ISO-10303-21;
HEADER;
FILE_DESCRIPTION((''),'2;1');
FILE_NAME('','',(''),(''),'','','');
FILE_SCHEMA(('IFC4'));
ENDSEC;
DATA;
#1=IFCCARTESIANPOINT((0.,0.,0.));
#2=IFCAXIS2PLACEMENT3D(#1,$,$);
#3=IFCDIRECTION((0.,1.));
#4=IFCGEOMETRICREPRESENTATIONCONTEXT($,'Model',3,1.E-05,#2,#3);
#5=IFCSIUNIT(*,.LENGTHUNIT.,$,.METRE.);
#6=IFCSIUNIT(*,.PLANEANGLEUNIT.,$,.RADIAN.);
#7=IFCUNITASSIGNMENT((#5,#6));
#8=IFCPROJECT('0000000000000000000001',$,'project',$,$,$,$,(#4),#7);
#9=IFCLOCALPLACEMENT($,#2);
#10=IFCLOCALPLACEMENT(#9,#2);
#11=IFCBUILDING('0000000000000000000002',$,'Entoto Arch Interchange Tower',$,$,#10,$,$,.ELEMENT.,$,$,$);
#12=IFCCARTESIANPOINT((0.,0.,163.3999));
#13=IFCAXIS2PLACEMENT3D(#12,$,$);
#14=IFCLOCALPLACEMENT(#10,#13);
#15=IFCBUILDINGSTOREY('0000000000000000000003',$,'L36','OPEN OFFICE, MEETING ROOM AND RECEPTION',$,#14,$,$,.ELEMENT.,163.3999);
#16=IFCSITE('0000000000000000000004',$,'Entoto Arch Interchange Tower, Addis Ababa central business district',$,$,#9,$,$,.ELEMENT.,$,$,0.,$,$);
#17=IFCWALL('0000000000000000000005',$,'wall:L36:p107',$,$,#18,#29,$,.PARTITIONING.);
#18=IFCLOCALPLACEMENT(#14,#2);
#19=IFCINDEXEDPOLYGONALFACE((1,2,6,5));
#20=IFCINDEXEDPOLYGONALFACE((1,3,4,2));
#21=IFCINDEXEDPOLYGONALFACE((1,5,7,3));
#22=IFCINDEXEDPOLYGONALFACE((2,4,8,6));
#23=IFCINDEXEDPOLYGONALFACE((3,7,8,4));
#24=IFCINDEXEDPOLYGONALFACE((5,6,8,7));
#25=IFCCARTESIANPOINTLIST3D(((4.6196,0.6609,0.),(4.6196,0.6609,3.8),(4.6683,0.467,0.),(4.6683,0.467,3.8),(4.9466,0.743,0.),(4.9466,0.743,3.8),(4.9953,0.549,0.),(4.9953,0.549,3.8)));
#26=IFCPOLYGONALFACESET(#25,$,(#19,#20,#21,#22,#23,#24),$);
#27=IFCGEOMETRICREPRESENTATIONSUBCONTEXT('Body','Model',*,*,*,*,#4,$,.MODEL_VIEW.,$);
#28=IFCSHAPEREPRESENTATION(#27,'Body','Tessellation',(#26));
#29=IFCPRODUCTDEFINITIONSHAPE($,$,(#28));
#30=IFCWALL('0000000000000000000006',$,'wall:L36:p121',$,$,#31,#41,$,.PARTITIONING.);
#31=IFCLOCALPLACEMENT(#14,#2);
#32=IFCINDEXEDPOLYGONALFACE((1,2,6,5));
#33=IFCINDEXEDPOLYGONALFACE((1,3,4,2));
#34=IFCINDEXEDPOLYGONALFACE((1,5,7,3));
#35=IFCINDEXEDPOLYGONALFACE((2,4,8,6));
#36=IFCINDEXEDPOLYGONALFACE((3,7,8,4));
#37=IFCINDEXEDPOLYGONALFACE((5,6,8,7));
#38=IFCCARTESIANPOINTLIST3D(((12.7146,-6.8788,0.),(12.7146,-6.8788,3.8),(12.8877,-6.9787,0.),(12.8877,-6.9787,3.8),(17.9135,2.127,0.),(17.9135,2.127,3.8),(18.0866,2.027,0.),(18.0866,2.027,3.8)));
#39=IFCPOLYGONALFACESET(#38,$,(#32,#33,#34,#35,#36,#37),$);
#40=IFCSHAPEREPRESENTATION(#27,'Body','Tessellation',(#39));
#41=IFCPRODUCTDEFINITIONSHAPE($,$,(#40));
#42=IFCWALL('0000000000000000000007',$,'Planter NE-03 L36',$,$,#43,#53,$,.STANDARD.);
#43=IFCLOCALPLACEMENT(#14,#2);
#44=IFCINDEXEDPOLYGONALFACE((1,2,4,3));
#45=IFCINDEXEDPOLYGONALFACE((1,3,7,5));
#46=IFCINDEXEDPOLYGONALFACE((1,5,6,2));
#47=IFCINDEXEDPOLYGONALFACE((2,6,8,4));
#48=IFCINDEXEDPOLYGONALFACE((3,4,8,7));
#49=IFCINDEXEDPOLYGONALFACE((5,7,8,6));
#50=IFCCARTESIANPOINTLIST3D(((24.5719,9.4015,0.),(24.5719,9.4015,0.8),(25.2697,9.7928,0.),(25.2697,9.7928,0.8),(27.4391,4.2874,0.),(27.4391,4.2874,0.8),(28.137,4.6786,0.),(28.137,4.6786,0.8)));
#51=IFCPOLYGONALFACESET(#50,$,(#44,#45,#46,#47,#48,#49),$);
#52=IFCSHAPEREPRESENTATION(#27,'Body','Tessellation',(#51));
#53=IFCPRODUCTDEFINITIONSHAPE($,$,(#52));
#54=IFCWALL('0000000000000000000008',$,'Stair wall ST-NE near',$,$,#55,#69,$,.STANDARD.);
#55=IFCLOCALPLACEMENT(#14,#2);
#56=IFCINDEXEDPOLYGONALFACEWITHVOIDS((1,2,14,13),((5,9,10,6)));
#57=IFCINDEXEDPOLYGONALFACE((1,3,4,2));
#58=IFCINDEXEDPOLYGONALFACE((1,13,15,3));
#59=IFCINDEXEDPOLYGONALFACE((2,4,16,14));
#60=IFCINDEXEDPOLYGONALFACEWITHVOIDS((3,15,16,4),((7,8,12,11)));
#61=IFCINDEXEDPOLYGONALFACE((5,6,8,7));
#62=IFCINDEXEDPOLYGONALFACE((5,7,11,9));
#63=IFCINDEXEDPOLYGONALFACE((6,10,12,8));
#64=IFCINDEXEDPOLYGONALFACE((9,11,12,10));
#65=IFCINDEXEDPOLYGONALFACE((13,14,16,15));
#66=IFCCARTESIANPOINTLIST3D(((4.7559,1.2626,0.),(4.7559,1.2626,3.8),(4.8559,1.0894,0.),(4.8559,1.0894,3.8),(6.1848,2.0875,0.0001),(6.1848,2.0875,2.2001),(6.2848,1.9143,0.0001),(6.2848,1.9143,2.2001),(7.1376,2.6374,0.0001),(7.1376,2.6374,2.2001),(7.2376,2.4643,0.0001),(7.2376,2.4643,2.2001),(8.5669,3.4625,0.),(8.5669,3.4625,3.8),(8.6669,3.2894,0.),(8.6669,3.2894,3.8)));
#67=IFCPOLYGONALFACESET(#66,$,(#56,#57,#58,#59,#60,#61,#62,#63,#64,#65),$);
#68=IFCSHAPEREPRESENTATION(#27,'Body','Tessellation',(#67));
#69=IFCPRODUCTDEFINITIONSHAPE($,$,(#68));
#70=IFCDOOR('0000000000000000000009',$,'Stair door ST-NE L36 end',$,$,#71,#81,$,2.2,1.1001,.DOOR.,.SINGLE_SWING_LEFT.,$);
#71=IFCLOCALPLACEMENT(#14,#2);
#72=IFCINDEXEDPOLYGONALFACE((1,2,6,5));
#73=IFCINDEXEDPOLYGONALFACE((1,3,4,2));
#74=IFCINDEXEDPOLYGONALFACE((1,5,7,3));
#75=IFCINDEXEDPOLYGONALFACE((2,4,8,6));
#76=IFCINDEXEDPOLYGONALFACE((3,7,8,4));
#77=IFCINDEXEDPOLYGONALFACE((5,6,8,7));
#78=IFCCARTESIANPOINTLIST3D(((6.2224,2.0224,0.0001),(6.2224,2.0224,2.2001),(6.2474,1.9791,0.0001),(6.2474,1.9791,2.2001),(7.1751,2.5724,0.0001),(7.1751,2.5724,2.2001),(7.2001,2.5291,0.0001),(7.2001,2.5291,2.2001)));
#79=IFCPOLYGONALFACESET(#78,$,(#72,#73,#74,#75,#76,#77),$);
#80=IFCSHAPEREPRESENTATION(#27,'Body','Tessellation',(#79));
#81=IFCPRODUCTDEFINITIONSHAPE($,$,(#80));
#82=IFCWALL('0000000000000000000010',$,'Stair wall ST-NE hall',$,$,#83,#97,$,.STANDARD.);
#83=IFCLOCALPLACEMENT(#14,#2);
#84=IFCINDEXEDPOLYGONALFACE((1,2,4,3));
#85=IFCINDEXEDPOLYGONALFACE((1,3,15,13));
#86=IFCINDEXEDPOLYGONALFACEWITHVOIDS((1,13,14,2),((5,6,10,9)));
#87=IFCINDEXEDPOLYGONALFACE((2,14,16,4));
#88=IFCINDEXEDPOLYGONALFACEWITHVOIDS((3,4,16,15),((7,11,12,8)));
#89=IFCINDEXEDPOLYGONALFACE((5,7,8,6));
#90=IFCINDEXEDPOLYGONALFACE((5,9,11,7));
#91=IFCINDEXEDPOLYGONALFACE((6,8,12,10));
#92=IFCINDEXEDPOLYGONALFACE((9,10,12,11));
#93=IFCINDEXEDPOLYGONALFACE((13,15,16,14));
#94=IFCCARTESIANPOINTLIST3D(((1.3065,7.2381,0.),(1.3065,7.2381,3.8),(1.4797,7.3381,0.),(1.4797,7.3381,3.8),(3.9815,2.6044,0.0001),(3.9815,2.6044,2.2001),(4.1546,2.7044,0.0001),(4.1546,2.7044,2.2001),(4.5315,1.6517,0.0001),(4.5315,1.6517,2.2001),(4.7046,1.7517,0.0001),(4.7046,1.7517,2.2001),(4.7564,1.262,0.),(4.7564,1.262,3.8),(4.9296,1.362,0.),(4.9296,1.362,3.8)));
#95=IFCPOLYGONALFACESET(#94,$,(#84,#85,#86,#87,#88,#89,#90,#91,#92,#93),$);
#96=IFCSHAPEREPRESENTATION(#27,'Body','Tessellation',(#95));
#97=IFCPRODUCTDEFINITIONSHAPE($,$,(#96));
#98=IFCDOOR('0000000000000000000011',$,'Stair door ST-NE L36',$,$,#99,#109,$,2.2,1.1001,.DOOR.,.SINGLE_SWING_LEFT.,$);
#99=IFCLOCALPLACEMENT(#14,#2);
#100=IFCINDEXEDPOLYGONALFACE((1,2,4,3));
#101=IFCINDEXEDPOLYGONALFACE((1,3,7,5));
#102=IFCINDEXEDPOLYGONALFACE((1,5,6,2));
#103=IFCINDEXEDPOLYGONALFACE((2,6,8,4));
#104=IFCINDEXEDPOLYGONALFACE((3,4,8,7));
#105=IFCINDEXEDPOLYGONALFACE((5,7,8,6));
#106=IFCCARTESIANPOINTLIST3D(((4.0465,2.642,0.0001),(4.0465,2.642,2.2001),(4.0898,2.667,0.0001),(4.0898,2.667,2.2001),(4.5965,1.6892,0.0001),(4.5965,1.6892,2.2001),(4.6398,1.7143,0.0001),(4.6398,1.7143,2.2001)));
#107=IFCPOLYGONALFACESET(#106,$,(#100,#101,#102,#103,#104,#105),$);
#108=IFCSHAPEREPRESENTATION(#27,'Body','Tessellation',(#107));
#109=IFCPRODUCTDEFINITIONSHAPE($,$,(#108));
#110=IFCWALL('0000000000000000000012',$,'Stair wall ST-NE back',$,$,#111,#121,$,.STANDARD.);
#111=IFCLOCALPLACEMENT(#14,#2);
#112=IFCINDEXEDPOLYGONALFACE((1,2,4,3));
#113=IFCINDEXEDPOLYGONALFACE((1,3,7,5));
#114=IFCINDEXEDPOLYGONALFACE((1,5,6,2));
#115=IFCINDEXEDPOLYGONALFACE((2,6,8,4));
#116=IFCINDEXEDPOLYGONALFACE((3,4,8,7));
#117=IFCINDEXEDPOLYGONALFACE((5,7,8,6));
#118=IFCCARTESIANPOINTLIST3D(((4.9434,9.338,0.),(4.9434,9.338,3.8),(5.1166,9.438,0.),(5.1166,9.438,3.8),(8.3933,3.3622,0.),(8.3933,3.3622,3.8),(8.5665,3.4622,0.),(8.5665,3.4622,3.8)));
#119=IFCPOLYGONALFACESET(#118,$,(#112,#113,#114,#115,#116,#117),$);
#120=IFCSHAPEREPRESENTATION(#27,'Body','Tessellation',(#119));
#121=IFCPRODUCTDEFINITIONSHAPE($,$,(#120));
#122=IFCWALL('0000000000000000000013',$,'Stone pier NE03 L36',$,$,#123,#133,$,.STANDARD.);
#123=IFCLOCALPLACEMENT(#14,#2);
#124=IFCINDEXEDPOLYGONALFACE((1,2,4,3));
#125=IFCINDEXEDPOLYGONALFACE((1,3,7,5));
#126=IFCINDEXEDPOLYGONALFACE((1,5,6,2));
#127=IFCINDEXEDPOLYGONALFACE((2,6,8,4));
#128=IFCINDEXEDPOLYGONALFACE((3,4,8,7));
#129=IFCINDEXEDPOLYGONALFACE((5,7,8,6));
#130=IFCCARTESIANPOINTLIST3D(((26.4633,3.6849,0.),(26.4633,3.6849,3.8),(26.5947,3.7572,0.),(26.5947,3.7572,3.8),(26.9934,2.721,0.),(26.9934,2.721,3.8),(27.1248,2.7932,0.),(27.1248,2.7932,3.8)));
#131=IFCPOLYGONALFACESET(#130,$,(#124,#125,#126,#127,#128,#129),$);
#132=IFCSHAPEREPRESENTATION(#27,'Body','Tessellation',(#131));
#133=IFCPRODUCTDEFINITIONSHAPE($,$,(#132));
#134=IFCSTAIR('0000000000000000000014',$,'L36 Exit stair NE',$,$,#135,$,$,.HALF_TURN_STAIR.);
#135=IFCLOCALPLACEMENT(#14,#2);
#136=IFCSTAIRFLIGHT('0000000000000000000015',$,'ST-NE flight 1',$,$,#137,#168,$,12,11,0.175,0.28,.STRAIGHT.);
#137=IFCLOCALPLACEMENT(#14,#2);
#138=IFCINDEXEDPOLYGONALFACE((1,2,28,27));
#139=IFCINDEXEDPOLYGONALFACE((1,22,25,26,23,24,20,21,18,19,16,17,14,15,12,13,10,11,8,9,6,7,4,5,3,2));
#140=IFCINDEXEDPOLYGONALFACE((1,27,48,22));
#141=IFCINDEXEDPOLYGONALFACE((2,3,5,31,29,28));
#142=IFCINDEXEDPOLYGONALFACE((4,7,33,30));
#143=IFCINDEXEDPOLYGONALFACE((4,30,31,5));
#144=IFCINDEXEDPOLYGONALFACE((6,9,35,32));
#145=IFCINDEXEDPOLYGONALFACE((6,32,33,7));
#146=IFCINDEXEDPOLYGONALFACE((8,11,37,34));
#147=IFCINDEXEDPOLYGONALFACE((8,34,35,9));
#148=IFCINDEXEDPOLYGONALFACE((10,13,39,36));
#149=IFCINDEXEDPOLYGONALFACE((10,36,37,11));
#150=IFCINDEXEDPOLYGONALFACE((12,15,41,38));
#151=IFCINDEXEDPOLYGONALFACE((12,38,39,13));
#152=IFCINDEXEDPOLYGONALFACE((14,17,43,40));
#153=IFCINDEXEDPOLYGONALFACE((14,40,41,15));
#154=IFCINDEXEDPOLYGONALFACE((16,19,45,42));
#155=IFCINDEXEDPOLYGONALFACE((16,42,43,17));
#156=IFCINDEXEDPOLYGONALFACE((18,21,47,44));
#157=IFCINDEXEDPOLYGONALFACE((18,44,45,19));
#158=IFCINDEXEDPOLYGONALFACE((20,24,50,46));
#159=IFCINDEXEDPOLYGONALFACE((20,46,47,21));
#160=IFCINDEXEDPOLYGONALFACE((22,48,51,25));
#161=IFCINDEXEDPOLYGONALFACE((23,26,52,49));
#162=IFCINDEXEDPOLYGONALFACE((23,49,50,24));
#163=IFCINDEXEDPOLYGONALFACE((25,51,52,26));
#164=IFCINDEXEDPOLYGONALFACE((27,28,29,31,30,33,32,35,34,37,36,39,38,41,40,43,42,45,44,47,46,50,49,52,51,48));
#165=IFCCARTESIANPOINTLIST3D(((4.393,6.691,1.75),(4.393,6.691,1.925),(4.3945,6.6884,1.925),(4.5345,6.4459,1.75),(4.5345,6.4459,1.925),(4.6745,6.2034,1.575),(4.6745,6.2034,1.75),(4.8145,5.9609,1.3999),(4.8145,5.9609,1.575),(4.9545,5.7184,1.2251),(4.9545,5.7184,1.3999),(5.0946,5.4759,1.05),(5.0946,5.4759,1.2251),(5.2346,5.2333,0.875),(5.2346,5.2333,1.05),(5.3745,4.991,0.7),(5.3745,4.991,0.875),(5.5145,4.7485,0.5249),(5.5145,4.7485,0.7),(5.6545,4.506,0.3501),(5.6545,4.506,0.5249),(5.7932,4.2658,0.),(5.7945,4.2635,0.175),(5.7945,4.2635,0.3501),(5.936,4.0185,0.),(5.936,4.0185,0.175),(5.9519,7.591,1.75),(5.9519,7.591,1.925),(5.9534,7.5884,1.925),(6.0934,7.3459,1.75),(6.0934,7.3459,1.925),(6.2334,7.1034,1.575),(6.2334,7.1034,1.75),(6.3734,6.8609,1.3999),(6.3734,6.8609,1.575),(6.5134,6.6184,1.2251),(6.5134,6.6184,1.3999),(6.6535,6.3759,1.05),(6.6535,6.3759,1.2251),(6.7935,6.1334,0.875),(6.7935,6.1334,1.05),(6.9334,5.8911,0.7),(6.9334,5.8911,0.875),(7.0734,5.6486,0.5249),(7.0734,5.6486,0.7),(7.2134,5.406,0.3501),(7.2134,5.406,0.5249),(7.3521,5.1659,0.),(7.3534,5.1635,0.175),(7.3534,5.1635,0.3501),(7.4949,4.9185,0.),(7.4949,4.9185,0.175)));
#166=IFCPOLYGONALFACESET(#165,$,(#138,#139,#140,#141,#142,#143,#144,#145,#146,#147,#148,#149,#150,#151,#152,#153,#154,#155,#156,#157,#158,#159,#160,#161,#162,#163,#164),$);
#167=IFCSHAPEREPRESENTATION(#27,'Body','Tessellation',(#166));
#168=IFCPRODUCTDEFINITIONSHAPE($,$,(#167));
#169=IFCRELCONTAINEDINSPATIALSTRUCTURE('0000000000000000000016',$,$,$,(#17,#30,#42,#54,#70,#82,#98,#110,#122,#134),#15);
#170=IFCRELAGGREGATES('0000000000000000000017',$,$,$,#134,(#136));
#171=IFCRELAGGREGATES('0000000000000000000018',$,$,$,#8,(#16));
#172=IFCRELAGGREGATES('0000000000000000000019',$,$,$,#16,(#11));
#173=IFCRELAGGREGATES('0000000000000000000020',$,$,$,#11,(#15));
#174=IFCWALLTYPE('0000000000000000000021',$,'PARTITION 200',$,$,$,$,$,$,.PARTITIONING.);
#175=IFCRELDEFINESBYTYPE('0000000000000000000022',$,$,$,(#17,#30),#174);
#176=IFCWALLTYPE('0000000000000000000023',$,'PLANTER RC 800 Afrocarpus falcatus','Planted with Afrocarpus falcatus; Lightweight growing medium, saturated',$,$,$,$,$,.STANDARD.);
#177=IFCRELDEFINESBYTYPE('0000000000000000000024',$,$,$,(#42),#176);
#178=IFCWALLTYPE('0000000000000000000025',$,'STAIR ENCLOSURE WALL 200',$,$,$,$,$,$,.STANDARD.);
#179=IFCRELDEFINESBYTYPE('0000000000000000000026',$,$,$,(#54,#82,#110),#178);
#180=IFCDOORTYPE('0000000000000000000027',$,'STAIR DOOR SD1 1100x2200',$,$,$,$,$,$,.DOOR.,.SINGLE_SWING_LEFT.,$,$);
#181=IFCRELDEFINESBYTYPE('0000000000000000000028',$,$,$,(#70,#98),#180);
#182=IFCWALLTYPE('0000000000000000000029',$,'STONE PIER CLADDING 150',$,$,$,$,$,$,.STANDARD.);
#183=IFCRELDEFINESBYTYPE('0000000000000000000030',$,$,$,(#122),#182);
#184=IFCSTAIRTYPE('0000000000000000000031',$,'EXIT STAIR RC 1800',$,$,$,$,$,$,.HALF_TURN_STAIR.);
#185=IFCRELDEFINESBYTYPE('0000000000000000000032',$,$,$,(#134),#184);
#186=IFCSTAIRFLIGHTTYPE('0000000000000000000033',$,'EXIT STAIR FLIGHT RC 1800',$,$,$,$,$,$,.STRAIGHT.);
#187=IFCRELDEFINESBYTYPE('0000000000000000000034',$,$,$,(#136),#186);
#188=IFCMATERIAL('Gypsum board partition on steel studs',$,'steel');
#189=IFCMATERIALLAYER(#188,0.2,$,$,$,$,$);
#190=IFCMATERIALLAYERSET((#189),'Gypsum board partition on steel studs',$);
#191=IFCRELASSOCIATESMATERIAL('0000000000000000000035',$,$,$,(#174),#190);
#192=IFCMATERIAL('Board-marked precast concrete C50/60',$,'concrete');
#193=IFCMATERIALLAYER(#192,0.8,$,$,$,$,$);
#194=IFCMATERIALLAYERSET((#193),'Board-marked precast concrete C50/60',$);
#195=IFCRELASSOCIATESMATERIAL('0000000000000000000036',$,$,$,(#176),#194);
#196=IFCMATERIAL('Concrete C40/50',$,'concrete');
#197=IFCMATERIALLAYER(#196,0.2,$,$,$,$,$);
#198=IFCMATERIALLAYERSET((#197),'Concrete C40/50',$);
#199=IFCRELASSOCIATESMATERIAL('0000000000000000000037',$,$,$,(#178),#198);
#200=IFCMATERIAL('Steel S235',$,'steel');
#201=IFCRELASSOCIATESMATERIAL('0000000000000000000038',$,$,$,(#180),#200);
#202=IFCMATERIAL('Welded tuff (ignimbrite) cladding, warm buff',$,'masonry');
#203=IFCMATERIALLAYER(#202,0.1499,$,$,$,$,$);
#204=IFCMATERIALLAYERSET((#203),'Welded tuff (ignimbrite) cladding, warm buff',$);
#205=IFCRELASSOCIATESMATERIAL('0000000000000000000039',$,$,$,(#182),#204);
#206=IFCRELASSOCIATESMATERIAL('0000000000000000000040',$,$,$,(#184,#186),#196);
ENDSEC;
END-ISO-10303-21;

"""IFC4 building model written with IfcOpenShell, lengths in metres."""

from ifc_helpers import new_model, si_unit, direction, frame, frame_2d, origin, place, context, subcontext, project, spatial, polyline, rectangle, outline, extrude, material, layer, layer_set, type_object, element, fill, aggregate, save


model = new_model("IFC4")

# Units and contexts
model_context = context("Model", 3, precision=1e-05, world=origin(), true_north=direction((0.0, 1.0)))
body_context = subcontext(model_context, "Body", "Model", "MODEL_VIEW")
ifc_project = project(units=[si_unit("LENGTHUNIT", "METRE"), si_unit("PLANEANGLEUNIT", "RADIAN")], contexts=[model_context])

# Site, building, storey
site_placement = place(None, origin())
site = spatial("IfcSite", under=ifc_project, at=site_placement, Name="Entoto Arch Interchange Tower, Addis Ababa central business district", CompositionType="ELEMENT", RefElevation=0.0)
building_placement = place(site_placement, origin())
building = spatial("IfcBuilding", under=site, at=building_placement, Name="Entoto Arch Interchange Tower", CompositionType="ELEMENT")
storey_placement = place(building_placement, frame((0.0, 0.0, 163.3999)))
storey = spatial("IfcBuildingStorey", under=building, at=storey_placement, Name="L36", Description="OPEN OFFICE, MEETING ROOM AND RECEPTION", CompositionType="ELEMENT", Elevation=163.3999)

# Shared definitions
ifc_material_1 = material(Name="Concrete C40/50", Category="concrete")
ifc_material_2 = material(Name="Gypsum board partition on steel studs", Category="steel")
ifc_layer_1 = layer(ifc_material_2, 0.2)
ifc_layer_set_1 = layer_set([ifc_layer_1], Name="Gypsum board partition on steel studs")
wall_type_1 = type_object("IfcWallType", Name="PARTITION 200", PredefinedType="PARTITIONING", material=ifc_layer_set_1)

# Walls
wall_1_placement = place(storey_placement, frame((4.644, 0.564, 0.0), z_axis=(0.0, 0.0, 1.0), x_axis=(0.969929, 0.243388, 0.0)))
element("IfcWall", 1, at=wall_1_placement, inside=storey, type_object=wall_type_1, Name="wall:L36:p107", PredefinedType="PARTITIONING", context=body_context, shape_type="SweptSolid", body=[
    extrude(rectangle(XDim=0.3372, YDim=0.2, at=frame_2d((0.1685, 0.0))), origin(), (0.0, 0.0, 1.0), 3.8),
])
wall_2_placement = place(storey_placement, frame((18.0, 2.0769, 0.0), z_axis=(0.0, 0.0, 1.0), x_axis=(-0.49996, -0.866049, 0.0)))
element("IfcWall", 2, at=wall_2_placement, inside=storey, type_object=wall_type_1, Name="wall:L36:p121", PredefinedType="PARTITIONING", context=body_context, shape_type="SweptSolid", body=[
    extrude(rectangle(XDim=10.3987, YDim=0.2, at=frame_2d((5.1992, 0.0))), origin(), (0.0, 0.0, 1.0), 3.8),
])
ifc_material_3 = material(Name="Board-marked precast concrete C50/60", Category="concrete")
ifc_layer_2 = layer(ifc_material_3, 0.8)
ifc_layer_set_2 = layer_set([ifc_layer_2], Name="Board-marked precast concrete C50/60")
wall_type_2 = type_object("IfcWallType", Name="PLANTER RC 800 Afrocarpus falcatus", Description="Planted with Afrocarpus falcatus; Lightweight growing medium, saturated", PredefinedType="STANDARD", material=ifc_layer_set_2)
wall_3_placement = place(storey_placement, frame((27.7881, 4.4829, 0.0), z_axis=(0.0, 0.0, 1.0), x_axis=(-0.489037, 0.872263, 0.0)))
element("IfcWall", 3, at=wall_3_placement, inside=storey, type_object=wall_type_2, Name="Planter NE-03 L36", PredefinedType="STANDARD", context=body_context, shape_type="SweptSolid", body=[
    extrude(rectangle(XDim=5.863, YDim=0.8, at=frame_2d((2.9316, 0.0))), origin(), (0.0, 0.0, 1.0), 0.8),
])

# Walls, openings, doors
ifc_layer_3 = layer(ifc_material_1, 0.2)
ifc_layer_set_3 = layer_set([ifc_layer_3], Name="Concrete C40/50")
wall_type_3 = type_object("IfcWallType", Name="STAIR ENCLOSURE WALL 200", PredefinedType="STANDARD", material=ifc_layer_set_3)
wall_4_placement = place(storey_placement, frame((4.8059, 1.176, 0.0), z_axis=(0.0, 0.0, 1.0), x_axis=(0.86606, 0.49994, 0.0)))
wall_4 = element("IfcWall", 4, at=wall_4_placement, inside=storey, type_object=wall_type_3, Name="Stair wall ST-NE near", PredefinedType="STANDARD", context=body_context, shape_type="SweptSolid", body=[
    extrude(rectangle(XDim=4.4004, YDim=0.2, at=frame_2d((2.2002, 0.0))), origin(), (0.0, 0.0, 1.0), 3.8),
])
opening_1_placement = place(wall_4_placement, frame((1.6499, 0.0, 0.0)))
opening_1 = element("IfcOpeningElement", 5, at=opening_1_placement, cuts=wall_4, PredefinedType="OPENING", context=body_context, shape_type="SweptSolid", body=[
    extrude(rectangle(XDim=1.1001, YDim=2.2, at=frame_2d((0.55, 1.1001))), frame((0.0, 0.1099, 0.0), z_axis=(0.0, -1.0, 0.0), x_axis=(1.0, 0.0, 0.0)), (0.0, 0.0, 1.0), 0.22),
])
ifc_material_4 = material(Name="Steel S235", Category="steel")
door_type_1 = type_object("IfcDoorType", Name="STAIR DOOR SD1 1100x2200", OperationType="SINGLE_SWING_LEFT", PredefinedType="DOOR", material=ifc_material_4)
door_1_placement = place(opening_1_placement, origin())
door_1 = element("IfcDoor", 6, at=door_1_placement, inside=storey, type_object=door_type_1, Name="Stair door ST-NE L36 end", OperationType="SINGLE_SWING_LEFT", OverallHeight=2.2, OverallWidth=1.1001, PredefinedType="DOOR", context=body_context, shape_type="SweptSolid", body=[
    extrude(rectangle(XDim=1.1001, YDim=2.2, at=frame_2d((0.55, 1.1001))), frame((0.0, 0.0249, 0.0), z_axis=(0.0, -1.0, 0.0), x_axis=(1.0, 0.0, 0.0)), (0.0, 0.0, 1.0), 0.05),
])
fill(opening_1, door_1)
wall_5_placement = place(storey_placement, frame((4.843, 1.312, 0.0), z_axis=(0.0, 0.0, 1.0), x_axis=(-0.499963, 0.866047, 0.0)))
wall_5 = element("IfcWall", 7, at=wall_5_placement, inside=storey, type_object=wall_type_3, Name="Stair wall ST-NE hall", PredefinedType="STANDARD", context=body_context, shape_type="SweptSolid", body=[
    extrude(rectangle(XDim=6.9004, YDim=0.2, at=frame_2d((3.4502, 0.0))), origin(), (0.0, 0.0, 1.0), 3.8),
])
opening_2_placement = place(wall_5_placement, frame((0.45, 0.0, 0.0)))
opening_2 = element("IfcOpeningElement", 8, at=opening_2_placement, cuts=wall_5, PredefinedType="OPENING", context=body_context, shape_type="SweptSolid", body=[
    extrude(rectangle(XDim=1.1001, YDim=2.2, at=frame_2d((0.55, 1.1001))), frame((0.0, 0.1099, 0.0), z_axis=(0.0, -1.0, 0.0), x_axis=(1.0, 0.0, 0.0)), (0.0, 0.0, 1.0), 0.22),
])
door_2_placement = place(opening_2_placement, origin())
door_2 = element("IfcDoor", 9, at=door_2_placement, inside=storey, type_object=door_type_1, Name="Stair door ST-NE L36", OperationType="SINGLE_SWING_LEFT", OverallHeight=2.2, OverallWidth=1.1001, PredefinedType="DOOR", context=body_context, shape_type="SweptSolid", body=[
    extrude(rectangle(XDim=1.1001, YDim=2.2, at=frame_2d((0.55, 1.1001))), frame((0.0, 0.0249, 0.0), z_axis=(0.0, -1.0, 0.0), x_axis=(1.0, 0.0, 0.0)), (0.0, 0.0, 1.0), 0.05),
])
fill(opening_2, door_2)

# Wall
wall_6_placement = place(storey_placement, frame((8.48, 3.4121, 0.0), z_axis=(0.0, 0.0, 1.0), x_axis=(-0.499979, 0.866038, 0.0)))
element("IfcWall", 10, at=wall_6_placement, inside=storey, type_object=wall_type_3, Name="Stair wall ST-NE back", PredefinedType="STANDARD", context=body_context, shape_type="SweptSolid", body=[
    extrude(rectangle(XDim=6.9001, YDim=0.2, at=frame_2d((3.4502, 0.0))), origin(), (0.0, 0.0, 1.0), 3.8),
])

# Shared definitions
ifc_material_5 = material(Name="Welded tuff (ignimbrite) cladding, warm buff", Category="masonry")

# Wall
ifc_layer_4 = layer(ifc_material_5, 0.1499)
ifc_layer_set_4 = layer_set([ifc_layer_4], Name="Welded tuff (ignimbrite) cladding, warm buff")
wall_type_4 = type_object("IfcWallType", Name="STONE PIER CLADDING 150", PredefinedType="STANDARD", material=ifc_layer_set_4)
wall_7_placement = place(storey_placement, frame((27.0591, 2.7571, 0.0), z_axis=(0.0, 0.0, 1.0), x_axis=(-0.481851, 0.876253, 0.0)))
element("IfcWall", 11, at=wall_7_placement, inside=storey, type_object=wall_type_4, Name="Stone pier NE03 L36", PredefinedType="STANDARD", context=body_context, shape_type="SweptSolid", body=[
    extrude(rectangle(XDim=1.1001, YDim=0.1499, at=frame_2d((0.55, 0.0))), origin(), (0.0, 0.0, 1.0), 3.8),
])

# Stair, stair flight
stair_type = type_object("IfcStairType", Name="EXIT STAIR RC 1800", PredefinedType="HALF_TURN_STAIR", material=ifc_material_1)
stair_placement = place(storey_placement, origin())
stair = element("IfcStair", 12, at=stair_placement, inside=storey, type_object=stair_type, Name="L36 Exit stair NE", PredefinedType="HALF_TURN_STAIR")
stair_flight_type = type_object("IfcStairFlightType", Name="EXIT STAIR FLIGHT RC 1800", PredefinedType="STRAIGHT", material=ifc_material_1)
stair_flight_placement = place(storey_placement, frame((6.7139, 4.4709, 0.0), z_axis=(0.0, 0.0, 1.0), x_axis=(-0.5, 0.866025, 0.0)))
stair_flight = element("IfcStairFlight", 13, at=stair_flight_placement, type_object=stair_flight_type, Name="ST-NE flight 1", NumberOfRisers=12, NumberOfTreads=11, PredefinedType="STRAIGHT", RiserHeight=0.175, TreadLength=0.28, context=body_context, shape_type="SweptSolid", body=[
    extrude(outline(polyline([(-0.0029, 0.0), (-0.0029, 0.175), (0.28, 0.175), (0.28, 0.3501), (0.5601, 0.3501), (0.5601, 0.5249), (0.8401, 0.5249), (0.8401, 0.7), (1.1201, 0.7), (1.1201, 0.875), (1.3999, 0.875), (1.3999, 1.05), (1.6799, 1.05), (1.6799, 1.2251), (1.96, 1.2251), (1.96, 1.3999), (2.24, 1.3999), (2.24, 1.575), (2.52, 1.575), (2.52, 1.75), (2.8, 1.75), (2.8, 1.925), (3.0801, 1.925), (3.083, 1.925), (3.083, 1.75), (0.2827, 0.0), (-0.0029, 0.0)])), frame((0.0, 0.8999, 0.0), z_axis=(0.0, -1.0, 0.0), x_axis=(1.0, 0.0, 0.0)), (0.0, 0.0, 1.0), 1.8),
])
aggregate(stair, [stair_flight])

save(model, "model.ifc")
